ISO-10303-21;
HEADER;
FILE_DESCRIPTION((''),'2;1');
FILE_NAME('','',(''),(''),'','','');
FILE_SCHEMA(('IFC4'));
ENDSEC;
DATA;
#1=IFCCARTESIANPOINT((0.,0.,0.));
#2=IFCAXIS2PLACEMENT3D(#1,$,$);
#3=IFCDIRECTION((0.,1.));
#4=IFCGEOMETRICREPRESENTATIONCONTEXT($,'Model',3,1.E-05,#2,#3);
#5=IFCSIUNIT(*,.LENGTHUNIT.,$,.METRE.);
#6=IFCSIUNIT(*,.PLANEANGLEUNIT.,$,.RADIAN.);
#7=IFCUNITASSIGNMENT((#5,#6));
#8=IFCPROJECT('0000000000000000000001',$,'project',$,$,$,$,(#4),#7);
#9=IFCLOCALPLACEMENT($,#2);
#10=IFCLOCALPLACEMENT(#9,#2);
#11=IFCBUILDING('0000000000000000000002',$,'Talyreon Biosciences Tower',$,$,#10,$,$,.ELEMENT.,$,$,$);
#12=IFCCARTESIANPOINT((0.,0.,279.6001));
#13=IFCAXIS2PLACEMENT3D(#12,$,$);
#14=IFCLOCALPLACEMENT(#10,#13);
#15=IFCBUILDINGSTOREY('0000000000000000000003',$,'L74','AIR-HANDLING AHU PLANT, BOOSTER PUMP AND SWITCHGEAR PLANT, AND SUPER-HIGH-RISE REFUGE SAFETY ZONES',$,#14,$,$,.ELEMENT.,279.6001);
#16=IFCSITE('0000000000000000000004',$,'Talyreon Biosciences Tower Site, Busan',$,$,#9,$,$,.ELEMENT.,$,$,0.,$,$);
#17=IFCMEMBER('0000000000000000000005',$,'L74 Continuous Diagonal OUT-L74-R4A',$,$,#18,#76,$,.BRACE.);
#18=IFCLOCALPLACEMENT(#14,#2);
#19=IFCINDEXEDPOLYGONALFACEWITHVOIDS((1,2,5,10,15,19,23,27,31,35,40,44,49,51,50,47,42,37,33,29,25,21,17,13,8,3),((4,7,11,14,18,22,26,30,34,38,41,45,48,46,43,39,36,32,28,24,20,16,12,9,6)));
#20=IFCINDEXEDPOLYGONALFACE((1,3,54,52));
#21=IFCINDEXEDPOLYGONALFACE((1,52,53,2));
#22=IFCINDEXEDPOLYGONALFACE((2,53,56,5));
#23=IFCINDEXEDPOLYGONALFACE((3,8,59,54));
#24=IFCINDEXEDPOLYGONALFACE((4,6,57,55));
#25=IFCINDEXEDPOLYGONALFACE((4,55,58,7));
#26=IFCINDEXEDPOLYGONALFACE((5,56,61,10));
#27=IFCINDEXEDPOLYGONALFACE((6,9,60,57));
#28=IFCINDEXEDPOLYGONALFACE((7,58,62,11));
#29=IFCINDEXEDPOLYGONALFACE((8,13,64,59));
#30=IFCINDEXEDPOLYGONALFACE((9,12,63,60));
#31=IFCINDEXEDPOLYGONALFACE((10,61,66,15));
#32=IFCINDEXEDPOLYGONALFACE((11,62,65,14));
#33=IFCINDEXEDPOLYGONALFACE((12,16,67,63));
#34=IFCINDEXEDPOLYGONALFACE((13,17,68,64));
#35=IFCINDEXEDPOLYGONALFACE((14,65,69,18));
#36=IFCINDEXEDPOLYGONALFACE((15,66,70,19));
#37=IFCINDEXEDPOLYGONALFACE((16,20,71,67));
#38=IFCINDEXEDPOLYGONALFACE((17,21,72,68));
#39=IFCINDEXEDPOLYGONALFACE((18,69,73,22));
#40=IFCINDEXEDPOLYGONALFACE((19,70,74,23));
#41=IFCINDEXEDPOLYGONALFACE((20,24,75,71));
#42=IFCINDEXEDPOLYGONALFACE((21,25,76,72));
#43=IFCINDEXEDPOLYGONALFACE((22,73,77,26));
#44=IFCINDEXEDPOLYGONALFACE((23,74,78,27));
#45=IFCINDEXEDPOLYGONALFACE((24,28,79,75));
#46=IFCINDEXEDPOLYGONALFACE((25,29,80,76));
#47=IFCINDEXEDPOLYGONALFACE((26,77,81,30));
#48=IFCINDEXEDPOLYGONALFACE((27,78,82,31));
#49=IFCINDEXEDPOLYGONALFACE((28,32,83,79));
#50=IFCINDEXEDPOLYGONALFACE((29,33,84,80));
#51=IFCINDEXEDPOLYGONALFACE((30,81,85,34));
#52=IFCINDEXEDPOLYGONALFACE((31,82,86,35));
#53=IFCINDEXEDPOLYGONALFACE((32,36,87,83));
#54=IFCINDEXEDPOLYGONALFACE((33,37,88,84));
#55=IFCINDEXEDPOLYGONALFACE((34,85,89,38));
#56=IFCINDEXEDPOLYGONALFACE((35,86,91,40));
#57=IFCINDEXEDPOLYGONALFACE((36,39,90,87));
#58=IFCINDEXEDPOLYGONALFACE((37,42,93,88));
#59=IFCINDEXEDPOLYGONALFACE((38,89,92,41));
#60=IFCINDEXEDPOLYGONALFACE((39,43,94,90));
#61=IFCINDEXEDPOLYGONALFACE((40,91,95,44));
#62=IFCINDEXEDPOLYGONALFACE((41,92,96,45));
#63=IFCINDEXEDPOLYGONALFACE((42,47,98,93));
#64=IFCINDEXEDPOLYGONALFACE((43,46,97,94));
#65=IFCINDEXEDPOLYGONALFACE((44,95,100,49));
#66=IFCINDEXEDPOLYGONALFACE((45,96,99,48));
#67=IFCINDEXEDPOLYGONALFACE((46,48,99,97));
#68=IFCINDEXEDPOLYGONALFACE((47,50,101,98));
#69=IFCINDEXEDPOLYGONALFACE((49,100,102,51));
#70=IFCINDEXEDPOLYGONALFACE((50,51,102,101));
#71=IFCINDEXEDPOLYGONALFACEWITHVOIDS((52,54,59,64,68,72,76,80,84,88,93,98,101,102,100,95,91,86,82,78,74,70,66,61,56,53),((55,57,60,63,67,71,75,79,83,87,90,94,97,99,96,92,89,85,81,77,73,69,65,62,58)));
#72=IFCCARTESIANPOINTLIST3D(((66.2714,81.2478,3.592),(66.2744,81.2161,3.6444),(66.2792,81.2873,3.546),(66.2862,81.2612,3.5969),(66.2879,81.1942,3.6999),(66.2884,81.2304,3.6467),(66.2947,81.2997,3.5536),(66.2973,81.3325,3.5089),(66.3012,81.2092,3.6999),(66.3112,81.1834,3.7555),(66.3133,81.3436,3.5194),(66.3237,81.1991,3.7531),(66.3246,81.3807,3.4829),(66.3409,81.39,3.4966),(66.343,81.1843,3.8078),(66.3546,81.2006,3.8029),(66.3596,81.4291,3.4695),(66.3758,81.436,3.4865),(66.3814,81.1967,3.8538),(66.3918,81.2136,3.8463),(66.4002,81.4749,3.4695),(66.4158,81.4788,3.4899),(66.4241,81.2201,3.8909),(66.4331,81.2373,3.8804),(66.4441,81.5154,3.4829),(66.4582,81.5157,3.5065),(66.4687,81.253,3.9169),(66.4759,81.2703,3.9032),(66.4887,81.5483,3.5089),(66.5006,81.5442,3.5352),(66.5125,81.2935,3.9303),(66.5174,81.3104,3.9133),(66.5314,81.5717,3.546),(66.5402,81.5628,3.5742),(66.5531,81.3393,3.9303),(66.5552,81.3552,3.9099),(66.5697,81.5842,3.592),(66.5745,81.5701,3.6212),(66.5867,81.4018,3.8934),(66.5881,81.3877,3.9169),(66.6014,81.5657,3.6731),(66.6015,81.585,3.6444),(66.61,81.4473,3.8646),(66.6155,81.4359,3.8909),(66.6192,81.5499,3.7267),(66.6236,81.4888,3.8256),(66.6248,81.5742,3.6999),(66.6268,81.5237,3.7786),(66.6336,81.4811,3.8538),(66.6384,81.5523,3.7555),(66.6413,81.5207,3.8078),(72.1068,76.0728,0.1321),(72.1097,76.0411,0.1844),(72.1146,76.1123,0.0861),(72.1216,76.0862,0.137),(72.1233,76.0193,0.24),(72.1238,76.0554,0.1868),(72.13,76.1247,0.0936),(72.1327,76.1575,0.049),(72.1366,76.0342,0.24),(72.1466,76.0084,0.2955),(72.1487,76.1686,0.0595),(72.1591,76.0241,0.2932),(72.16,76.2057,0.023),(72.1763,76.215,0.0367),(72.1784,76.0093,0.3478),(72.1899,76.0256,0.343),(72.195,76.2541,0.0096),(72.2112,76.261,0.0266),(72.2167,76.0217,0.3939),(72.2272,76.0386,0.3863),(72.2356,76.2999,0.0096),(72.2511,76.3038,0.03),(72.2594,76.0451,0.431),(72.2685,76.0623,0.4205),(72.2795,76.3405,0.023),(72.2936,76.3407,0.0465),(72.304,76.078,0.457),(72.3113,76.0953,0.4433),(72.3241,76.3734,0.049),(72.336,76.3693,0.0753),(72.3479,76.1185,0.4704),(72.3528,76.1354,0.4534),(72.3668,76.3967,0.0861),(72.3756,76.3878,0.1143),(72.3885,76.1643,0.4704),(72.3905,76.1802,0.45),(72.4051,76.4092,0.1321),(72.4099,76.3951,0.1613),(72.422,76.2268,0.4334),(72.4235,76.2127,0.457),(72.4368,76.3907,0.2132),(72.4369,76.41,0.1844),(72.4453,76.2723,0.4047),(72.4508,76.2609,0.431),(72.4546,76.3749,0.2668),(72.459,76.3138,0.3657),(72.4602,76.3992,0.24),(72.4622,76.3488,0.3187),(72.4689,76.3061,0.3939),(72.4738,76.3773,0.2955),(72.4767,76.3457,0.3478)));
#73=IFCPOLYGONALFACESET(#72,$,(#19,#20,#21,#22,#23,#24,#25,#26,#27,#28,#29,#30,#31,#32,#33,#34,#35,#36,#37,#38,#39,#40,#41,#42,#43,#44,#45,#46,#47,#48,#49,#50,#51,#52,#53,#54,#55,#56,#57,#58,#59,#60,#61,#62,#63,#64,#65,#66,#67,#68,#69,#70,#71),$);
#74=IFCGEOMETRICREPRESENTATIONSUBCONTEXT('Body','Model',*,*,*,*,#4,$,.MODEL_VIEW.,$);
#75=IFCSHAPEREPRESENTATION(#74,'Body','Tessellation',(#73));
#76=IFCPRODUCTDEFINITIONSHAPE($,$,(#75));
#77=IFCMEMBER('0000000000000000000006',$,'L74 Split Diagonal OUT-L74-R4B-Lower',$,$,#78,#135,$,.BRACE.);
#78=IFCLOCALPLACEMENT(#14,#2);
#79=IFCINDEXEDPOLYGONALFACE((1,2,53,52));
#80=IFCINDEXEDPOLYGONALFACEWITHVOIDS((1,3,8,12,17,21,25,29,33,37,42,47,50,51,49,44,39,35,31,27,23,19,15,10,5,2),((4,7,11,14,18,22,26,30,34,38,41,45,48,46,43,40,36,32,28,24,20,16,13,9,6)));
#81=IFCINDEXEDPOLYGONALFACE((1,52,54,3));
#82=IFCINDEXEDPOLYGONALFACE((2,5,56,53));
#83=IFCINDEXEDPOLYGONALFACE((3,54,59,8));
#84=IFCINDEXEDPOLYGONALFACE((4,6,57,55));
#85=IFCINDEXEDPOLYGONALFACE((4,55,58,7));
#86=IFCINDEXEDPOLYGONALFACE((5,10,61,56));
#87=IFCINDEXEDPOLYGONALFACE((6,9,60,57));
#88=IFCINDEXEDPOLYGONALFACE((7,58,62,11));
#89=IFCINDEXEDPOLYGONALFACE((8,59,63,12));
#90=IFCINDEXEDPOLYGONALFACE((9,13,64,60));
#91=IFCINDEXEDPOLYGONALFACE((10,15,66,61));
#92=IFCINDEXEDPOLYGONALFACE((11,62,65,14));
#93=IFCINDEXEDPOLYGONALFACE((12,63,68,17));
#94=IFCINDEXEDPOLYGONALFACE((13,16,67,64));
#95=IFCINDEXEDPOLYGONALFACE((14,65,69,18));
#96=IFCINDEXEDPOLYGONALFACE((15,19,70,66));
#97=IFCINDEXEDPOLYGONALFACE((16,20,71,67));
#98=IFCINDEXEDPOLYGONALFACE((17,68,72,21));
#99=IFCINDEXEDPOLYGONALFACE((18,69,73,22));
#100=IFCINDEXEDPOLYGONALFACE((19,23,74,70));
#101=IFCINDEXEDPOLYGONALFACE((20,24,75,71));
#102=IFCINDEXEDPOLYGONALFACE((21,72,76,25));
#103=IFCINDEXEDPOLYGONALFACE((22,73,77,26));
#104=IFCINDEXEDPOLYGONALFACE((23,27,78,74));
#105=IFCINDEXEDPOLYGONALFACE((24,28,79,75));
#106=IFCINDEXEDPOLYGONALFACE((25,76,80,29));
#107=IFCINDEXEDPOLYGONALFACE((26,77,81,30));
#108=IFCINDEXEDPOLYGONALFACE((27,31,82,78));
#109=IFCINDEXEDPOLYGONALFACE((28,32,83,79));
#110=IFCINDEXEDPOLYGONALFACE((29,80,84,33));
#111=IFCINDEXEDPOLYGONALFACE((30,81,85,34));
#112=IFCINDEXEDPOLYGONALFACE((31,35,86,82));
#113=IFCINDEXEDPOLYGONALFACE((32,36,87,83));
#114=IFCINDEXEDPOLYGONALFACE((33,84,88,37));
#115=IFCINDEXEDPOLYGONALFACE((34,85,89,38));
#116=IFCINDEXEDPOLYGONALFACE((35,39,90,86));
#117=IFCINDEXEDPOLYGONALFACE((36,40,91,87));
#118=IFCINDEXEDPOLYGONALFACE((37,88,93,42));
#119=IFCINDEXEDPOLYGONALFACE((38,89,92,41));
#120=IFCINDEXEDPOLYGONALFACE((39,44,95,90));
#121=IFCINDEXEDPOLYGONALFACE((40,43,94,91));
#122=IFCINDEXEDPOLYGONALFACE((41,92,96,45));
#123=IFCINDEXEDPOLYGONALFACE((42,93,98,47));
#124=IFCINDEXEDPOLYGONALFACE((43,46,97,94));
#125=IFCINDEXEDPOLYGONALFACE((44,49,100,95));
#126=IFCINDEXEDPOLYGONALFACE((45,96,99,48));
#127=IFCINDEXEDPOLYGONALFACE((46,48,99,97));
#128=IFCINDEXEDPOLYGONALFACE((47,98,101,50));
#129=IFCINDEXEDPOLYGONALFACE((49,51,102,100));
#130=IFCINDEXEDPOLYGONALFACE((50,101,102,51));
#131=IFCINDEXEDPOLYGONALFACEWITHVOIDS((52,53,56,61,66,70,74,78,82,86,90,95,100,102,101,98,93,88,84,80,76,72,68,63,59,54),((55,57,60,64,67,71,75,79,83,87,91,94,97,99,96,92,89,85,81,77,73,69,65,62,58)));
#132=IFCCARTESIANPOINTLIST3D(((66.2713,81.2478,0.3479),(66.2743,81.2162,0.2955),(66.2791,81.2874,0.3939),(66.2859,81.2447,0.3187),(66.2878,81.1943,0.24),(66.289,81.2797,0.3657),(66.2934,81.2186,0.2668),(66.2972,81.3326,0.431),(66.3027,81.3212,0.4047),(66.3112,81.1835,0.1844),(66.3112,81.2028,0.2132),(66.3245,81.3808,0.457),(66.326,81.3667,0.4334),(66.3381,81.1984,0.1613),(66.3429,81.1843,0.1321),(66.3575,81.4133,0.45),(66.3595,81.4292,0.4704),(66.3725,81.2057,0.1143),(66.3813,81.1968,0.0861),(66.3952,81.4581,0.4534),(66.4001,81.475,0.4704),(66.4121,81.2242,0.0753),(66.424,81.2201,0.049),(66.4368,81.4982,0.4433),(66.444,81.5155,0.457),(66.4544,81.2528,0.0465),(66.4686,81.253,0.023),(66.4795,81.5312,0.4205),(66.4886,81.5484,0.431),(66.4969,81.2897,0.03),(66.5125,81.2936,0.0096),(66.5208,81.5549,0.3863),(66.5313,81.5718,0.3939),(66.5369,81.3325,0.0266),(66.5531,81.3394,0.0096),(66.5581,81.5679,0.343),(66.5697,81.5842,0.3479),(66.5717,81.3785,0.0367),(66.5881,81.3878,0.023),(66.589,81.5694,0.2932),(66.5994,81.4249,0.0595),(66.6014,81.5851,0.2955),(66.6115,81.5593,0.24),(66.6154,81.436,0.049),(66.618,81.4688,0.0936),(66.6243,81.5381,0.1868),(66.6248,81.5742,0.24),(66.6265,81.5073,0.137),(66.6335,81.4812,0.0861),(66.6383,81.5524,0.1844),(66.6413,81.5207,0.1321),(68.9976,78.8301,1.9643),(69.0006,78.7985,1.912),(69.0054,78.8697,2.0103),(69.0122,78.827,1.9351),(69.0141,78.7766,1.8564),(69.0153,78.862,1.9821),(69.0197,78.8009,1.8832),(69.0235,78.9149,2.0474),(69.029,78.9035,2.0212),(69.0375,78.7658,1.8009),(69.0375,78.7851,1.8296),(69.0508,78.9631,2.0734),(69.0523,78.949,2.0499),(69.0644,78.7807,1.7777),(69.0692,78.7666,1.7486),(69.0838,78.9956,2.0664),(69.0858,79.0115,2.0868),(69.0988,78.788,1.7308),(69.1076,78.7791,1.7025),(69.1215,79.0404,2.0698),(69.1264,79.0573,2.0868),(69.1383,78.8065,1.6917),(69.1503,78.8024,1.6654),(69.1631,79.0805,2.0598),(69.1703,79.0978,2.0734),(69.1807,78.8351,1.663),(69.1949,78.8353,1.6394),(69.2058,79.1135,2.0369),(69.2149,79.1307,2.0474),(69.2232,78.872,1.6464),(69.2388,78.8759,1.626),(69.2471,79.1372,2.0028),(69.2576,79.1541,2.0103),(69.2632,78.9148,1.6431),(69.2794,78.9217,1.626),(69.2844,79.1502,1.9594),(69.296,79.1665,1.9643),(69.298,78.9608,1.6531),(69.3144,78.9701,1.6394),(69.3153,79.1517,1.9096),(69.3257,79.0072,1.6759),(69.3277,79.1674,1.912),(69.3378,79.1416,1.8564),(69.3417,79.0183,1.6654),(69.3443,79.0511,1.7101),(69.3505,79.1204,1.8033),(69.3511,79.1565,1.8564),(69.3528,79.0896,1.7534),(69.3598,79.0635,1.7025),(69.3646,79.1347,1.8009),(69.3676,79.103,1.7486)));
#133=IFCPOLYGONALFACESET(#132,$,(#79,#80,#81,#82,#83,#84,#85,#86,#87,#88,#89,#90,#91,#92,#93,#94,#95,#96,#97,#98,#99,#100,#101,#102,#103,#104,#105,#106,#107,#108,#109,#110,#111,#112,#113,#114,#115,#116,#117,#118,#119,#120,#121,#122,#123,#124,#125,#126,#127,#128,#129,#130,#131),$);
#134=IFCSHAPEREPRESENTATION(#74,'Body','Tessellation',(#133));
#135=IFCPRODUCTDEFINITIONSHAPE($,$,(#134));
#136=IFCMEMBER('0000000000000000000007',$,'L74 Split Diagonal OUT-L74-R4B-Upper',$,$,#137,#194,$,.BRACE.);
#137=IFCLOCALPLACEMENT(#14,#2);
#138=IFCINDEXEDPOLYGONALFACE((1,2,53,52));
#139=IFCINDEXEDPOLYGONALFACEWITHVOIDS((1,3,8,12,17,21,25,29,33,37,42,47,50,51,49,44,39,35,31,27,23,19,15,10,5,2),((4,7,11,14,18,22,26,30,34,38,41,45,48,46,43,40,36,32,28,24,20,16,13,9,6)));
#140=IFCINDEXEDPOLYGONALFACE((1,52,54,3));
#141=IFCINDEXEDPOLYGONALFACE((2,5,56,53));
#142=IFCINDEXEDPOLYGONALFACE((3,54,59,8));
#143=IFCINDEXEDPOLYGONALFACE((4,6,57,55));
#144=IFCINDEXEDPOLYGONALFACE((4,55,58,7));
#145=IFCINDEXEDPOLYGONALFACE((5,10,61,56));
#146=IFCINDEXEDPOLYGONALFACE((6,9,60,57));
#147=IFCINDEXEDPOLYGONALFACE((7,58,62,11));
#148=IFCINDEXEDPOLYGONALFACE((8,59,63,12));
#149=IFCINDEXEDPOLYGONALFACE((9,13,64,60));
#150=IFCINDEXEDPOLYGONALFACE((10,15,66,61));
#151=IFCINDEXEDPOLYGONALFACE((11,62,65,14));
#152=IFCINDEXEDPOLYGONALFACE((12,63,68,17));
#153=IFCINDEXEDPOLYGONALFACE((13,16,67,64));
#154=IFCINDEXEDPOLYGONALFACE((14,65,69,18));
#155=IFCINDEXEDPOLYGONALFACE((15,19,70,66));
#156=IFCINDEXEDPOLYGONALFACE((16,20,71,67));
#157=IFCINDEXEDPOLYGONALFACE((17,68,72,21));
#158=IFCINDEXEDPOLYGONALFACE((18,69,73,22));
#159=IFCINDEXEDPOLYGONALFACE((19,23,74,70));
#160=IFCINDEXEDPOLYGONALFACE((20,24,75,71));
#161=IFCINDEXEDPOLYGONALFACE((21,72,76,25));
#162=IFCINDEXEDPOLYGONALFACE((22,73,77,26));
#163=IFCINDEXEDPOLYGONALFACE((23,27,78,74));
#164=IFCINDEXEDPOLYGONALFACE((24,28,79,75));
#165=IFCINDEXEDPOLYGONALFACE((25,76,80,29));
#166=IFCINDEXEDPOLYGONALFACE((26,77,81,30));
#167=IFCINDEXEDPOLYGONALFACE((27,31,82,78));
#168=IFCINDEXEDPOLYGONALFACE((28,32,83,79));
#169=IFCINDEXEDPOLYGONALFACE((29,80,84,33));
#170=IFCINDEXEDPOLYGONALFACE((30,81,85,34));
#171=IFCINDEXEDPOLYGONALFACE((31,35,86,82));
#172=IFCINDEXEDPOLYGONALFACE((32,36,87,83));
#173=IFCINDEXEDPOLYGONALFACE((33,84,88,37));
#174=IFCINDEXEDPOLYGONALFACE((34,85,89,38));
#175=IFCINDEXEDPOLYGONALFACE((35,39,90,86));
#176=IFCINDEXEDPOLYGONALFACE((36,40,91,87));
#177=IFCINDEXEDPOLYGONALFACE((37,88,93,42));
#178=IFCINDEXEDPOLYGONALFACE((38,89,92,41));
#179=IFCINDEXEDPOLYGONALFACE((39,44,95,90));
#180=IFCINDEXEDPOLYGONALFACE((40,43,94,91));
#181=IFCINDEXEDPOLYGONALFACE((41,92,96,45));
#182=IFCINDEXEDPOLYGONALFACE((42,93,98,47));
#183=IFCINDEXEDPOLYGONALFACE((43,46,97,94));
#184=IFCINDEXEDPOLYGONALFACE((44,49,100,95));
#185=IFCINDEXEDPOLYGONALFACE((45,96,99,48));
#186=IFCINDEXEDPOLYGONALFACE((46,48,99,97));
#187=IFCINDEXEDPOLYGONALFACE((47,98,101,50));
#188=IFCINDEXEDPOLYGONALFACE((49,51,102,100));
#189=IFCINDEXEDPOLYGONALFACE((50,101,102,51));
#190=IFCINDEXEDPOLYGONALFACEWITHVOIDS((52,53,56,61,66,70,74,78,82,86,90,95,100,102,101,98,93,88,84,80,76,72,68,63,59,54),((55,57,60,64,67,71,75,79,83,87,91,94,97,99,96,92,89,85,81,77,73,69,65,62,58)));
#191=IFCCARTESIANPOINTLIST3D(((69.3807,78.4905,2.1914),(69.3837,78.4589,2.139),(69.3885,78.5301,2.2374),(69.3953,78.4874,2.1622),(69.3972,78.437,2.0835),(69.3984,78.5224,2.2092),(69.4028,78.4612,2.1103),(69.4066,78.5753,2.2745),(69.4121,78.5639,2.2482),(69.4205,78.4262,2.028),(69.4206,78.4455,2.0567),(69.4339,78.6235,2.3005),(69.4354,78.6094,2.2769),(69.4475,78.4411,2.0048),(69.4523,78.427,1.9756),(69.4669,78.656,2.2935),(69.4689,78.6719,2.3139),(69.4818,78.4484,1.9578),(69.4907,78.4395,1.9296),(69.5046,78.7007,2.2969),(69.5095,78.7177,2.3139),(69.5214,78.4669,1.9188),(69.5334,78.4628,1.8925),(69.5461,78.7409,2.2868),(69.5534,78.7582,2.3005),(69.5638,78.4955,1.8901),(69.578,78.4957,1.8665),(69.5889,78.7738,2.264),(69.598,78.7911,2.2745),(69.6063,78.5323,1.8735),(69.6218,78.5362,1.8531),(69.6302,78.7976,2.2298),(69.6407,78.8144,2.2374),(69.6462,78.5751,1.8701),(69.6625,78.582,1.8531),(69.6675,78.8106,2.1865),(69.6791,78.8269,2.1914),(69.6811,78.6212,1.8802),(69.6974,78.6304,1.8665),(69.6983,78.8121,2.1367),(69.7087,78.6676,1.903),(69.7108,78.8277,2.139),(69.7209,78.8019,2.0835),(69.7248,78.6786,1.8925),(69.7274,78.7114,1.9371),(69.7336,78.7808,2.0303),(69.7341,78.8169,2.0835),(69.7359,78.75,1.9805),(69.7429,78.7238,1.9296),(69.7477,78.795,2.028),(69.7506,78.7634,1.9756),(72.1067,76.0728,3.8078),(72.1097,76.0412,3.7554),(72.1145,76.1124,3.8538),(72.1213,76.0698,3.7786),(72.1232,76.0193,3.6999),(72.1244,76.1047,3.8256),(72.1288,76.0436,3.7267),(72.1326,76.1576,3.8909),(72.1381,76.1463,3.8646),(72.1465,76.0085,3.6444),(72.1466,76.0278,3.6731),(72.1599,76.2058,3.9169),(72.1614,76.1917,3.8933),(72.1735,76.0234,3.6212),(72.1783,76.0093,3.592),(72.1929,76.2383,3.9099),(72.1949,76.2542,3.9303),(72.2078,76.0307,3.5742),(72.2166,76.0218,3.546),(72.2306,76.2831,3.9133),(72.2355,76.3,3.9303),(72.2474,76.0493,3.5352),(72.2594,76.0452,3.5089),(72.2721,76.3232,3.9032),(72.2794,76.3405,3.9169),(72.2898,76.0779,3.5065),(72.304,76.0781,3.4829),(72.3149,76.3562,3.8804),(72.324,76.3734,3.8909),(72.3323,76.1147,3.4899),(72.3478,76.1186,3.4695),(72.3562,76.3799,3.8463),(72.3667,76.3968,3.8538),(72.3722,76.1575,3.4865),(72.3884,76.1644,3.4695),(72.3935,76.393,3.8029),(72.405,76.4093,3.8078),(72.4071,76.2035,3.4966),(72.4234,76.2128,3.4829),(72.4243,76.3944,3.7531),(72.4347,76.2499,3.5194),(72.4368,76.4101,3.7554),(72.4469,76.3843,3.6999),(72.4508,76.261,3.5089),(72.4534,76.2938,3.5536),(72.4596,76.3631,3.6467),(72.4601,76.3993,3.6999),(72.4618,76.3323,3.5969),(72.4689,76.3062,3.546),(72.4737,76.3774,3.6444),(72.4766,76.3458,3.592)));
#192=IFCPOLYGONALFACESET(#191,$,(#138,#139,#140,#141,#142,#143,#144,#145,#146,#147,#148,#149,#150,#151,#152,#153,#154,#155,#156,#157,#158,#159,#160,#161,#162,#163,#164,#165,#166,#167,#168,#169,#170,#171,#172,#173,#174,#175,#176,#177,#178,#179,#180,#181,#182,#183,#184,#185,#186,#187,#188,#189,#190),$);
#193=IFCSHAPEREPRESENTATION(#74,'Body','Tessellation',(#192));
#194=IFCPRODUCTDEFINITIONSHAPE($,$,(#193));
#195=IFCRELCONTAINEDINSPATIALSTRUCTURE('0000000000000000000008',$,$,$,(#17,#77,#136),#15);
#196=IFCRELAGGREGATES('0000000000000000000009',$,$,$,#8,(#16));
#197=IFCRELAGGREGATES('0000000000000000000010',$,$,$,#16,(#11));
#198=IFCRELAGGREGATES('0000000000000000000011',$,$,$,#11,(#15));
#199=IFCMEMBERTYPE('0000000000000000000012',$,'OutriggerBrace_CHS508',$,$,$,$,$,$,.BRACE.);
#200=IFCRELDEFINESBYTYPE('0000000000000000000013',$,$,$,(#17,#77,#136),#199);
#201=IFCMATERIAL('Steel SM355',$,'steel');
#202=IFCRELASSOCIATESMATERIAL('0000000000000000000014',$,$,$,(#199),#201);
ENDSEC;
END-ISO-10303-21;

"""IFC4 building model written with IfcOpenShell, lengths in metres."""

from ifc_helpers import new_model, si_unit, direction, frame, origin, origin_2d, place, context, subcontext, project, spatial, hollow_circle, extrude, material, material_profile, profile_set, type_object, element, save


model = new_model("IFC4")

# Units and contexts
model_context = context("Model", 3, precision=1e-05, world=origin(), true_north=direction((0.0, 1.0)))
body_context = subcontext(model_context, "Body", "Model", "MODEL_VIEW")
ifc_project = project(units=[si_unit("LENGTHUNIT", "METRE"), si_unit("PLANEANGLEUNIT", "RADIAN")], contexts=[model_context])

# Site, building, storey
site_placement = place(None, origin())
site = spatial("IfcSite", under=ifc_project, at=site_placement, Name="Talyreon Biosciences Tower Site, Busan", CompositionType="ELEMENT", RefElevation=0.0)
building_placement = place(site_placement, origin())
building = spatial("IfcBuilding", under=site, at=building_placement, Name="Talyreon Biosciences Tower", CompositionType="ELEMENT")
storey_placement = place(building_placement, frame((0.0, 0.0, 279.6001)))
storey = spatial("IfcBuildingStorey", under=building, at=storey_placement, Name="L74", Description="AIR-HANDLING AHU PLANT, BOOSTER PUMP AND SWITCHGEAR PLANT, AND SUPER-HIGH-RISE REFUGE SAFETY ZONES", CompositionType="ELEMENT", Elevation=279.6001)

# Shared definitions
ifc_material_1 = material(Name="Steel SM355", Category="steel")

# Members
ifc_material_profile_1 = material_profile(ifc_material_1, hollow_circle(Radius=0.2539, WallThickness=0.02, at=origin_2d()), Name="CHS 508x20")
ifc_profile_set_1 = profile_set([ifc_material_profile_1], Name="Steel SM355")
member_type_1 = type_object("IfcMemberType", Name="OutriggerBrace_CHS508", PredefinedType="BRACE", material=ifc_profile_set_1)
member_1_placement = place(storey_placement, frame((72.2917, 76.2092, 0.24), z_axis=(-0.683902, 0.606505, 0.4055), x_axis=(-0.663503, -0.748174, 0.0)))
element("IfcMember", 1, at=member_1_placement, inside=storey, type_object=member_type_1, Name="L74 Continuous Diagonal OUT-L74-R4A", PredefinedType="BRACE", context=body_context, shape_type="SweptSolid", body=[
    extrude(hollow_circle(Radius=0.2539, WallThickness=0.02, at=origin_2d()), origin(), (0.0, 0.0, 1.0), 8.5325),
])
member_2_placement = place(storey_placement, frame((66.4563, 81.3843, 0.24), z_axis=(0.68391, -0.606498, 0.405496), x_axis=(0.663494, 0.748181, 0.0)))
element("IfcMember", 2, at=member_2_placement, inside=storey, type_object=member_type_1, Name="L74 Split Diagonal OUT-L74-R4B-Lower", PredefinedType="BRACE", context=body_context, shape_type="SweptSolid", body=[
    extrude(hollow_circle(Radius=0.2539, WallThickness=0.02, at=origin_2d()), origin(), (0.0, 0.0, 1.0), 3.9863),
])
member_3_placement = place(storey_placement, frame((69.5657, 78.627, 2.0835), z_axis=(0.683878, -0.606523, 0.405513), x_axis=(0.663528, 0.748152, 0.0)))
element("IfcMember", 3, at=member_3_placement, inside=storey, type_object=member_type_1, Name="L74 Split Diagonal OUT-L74-R4B-Upper", PredefinedType="BRACE", context=body_context, shape_type="SweptSolid", body=[
    extrude(hollow_circle(Radius=0.2539, WallThickness=0.02, at=origin_2d()), origin(), (0.0, 0.0, 1.0), 3.9861),
])

save(model, "model.ifc")
